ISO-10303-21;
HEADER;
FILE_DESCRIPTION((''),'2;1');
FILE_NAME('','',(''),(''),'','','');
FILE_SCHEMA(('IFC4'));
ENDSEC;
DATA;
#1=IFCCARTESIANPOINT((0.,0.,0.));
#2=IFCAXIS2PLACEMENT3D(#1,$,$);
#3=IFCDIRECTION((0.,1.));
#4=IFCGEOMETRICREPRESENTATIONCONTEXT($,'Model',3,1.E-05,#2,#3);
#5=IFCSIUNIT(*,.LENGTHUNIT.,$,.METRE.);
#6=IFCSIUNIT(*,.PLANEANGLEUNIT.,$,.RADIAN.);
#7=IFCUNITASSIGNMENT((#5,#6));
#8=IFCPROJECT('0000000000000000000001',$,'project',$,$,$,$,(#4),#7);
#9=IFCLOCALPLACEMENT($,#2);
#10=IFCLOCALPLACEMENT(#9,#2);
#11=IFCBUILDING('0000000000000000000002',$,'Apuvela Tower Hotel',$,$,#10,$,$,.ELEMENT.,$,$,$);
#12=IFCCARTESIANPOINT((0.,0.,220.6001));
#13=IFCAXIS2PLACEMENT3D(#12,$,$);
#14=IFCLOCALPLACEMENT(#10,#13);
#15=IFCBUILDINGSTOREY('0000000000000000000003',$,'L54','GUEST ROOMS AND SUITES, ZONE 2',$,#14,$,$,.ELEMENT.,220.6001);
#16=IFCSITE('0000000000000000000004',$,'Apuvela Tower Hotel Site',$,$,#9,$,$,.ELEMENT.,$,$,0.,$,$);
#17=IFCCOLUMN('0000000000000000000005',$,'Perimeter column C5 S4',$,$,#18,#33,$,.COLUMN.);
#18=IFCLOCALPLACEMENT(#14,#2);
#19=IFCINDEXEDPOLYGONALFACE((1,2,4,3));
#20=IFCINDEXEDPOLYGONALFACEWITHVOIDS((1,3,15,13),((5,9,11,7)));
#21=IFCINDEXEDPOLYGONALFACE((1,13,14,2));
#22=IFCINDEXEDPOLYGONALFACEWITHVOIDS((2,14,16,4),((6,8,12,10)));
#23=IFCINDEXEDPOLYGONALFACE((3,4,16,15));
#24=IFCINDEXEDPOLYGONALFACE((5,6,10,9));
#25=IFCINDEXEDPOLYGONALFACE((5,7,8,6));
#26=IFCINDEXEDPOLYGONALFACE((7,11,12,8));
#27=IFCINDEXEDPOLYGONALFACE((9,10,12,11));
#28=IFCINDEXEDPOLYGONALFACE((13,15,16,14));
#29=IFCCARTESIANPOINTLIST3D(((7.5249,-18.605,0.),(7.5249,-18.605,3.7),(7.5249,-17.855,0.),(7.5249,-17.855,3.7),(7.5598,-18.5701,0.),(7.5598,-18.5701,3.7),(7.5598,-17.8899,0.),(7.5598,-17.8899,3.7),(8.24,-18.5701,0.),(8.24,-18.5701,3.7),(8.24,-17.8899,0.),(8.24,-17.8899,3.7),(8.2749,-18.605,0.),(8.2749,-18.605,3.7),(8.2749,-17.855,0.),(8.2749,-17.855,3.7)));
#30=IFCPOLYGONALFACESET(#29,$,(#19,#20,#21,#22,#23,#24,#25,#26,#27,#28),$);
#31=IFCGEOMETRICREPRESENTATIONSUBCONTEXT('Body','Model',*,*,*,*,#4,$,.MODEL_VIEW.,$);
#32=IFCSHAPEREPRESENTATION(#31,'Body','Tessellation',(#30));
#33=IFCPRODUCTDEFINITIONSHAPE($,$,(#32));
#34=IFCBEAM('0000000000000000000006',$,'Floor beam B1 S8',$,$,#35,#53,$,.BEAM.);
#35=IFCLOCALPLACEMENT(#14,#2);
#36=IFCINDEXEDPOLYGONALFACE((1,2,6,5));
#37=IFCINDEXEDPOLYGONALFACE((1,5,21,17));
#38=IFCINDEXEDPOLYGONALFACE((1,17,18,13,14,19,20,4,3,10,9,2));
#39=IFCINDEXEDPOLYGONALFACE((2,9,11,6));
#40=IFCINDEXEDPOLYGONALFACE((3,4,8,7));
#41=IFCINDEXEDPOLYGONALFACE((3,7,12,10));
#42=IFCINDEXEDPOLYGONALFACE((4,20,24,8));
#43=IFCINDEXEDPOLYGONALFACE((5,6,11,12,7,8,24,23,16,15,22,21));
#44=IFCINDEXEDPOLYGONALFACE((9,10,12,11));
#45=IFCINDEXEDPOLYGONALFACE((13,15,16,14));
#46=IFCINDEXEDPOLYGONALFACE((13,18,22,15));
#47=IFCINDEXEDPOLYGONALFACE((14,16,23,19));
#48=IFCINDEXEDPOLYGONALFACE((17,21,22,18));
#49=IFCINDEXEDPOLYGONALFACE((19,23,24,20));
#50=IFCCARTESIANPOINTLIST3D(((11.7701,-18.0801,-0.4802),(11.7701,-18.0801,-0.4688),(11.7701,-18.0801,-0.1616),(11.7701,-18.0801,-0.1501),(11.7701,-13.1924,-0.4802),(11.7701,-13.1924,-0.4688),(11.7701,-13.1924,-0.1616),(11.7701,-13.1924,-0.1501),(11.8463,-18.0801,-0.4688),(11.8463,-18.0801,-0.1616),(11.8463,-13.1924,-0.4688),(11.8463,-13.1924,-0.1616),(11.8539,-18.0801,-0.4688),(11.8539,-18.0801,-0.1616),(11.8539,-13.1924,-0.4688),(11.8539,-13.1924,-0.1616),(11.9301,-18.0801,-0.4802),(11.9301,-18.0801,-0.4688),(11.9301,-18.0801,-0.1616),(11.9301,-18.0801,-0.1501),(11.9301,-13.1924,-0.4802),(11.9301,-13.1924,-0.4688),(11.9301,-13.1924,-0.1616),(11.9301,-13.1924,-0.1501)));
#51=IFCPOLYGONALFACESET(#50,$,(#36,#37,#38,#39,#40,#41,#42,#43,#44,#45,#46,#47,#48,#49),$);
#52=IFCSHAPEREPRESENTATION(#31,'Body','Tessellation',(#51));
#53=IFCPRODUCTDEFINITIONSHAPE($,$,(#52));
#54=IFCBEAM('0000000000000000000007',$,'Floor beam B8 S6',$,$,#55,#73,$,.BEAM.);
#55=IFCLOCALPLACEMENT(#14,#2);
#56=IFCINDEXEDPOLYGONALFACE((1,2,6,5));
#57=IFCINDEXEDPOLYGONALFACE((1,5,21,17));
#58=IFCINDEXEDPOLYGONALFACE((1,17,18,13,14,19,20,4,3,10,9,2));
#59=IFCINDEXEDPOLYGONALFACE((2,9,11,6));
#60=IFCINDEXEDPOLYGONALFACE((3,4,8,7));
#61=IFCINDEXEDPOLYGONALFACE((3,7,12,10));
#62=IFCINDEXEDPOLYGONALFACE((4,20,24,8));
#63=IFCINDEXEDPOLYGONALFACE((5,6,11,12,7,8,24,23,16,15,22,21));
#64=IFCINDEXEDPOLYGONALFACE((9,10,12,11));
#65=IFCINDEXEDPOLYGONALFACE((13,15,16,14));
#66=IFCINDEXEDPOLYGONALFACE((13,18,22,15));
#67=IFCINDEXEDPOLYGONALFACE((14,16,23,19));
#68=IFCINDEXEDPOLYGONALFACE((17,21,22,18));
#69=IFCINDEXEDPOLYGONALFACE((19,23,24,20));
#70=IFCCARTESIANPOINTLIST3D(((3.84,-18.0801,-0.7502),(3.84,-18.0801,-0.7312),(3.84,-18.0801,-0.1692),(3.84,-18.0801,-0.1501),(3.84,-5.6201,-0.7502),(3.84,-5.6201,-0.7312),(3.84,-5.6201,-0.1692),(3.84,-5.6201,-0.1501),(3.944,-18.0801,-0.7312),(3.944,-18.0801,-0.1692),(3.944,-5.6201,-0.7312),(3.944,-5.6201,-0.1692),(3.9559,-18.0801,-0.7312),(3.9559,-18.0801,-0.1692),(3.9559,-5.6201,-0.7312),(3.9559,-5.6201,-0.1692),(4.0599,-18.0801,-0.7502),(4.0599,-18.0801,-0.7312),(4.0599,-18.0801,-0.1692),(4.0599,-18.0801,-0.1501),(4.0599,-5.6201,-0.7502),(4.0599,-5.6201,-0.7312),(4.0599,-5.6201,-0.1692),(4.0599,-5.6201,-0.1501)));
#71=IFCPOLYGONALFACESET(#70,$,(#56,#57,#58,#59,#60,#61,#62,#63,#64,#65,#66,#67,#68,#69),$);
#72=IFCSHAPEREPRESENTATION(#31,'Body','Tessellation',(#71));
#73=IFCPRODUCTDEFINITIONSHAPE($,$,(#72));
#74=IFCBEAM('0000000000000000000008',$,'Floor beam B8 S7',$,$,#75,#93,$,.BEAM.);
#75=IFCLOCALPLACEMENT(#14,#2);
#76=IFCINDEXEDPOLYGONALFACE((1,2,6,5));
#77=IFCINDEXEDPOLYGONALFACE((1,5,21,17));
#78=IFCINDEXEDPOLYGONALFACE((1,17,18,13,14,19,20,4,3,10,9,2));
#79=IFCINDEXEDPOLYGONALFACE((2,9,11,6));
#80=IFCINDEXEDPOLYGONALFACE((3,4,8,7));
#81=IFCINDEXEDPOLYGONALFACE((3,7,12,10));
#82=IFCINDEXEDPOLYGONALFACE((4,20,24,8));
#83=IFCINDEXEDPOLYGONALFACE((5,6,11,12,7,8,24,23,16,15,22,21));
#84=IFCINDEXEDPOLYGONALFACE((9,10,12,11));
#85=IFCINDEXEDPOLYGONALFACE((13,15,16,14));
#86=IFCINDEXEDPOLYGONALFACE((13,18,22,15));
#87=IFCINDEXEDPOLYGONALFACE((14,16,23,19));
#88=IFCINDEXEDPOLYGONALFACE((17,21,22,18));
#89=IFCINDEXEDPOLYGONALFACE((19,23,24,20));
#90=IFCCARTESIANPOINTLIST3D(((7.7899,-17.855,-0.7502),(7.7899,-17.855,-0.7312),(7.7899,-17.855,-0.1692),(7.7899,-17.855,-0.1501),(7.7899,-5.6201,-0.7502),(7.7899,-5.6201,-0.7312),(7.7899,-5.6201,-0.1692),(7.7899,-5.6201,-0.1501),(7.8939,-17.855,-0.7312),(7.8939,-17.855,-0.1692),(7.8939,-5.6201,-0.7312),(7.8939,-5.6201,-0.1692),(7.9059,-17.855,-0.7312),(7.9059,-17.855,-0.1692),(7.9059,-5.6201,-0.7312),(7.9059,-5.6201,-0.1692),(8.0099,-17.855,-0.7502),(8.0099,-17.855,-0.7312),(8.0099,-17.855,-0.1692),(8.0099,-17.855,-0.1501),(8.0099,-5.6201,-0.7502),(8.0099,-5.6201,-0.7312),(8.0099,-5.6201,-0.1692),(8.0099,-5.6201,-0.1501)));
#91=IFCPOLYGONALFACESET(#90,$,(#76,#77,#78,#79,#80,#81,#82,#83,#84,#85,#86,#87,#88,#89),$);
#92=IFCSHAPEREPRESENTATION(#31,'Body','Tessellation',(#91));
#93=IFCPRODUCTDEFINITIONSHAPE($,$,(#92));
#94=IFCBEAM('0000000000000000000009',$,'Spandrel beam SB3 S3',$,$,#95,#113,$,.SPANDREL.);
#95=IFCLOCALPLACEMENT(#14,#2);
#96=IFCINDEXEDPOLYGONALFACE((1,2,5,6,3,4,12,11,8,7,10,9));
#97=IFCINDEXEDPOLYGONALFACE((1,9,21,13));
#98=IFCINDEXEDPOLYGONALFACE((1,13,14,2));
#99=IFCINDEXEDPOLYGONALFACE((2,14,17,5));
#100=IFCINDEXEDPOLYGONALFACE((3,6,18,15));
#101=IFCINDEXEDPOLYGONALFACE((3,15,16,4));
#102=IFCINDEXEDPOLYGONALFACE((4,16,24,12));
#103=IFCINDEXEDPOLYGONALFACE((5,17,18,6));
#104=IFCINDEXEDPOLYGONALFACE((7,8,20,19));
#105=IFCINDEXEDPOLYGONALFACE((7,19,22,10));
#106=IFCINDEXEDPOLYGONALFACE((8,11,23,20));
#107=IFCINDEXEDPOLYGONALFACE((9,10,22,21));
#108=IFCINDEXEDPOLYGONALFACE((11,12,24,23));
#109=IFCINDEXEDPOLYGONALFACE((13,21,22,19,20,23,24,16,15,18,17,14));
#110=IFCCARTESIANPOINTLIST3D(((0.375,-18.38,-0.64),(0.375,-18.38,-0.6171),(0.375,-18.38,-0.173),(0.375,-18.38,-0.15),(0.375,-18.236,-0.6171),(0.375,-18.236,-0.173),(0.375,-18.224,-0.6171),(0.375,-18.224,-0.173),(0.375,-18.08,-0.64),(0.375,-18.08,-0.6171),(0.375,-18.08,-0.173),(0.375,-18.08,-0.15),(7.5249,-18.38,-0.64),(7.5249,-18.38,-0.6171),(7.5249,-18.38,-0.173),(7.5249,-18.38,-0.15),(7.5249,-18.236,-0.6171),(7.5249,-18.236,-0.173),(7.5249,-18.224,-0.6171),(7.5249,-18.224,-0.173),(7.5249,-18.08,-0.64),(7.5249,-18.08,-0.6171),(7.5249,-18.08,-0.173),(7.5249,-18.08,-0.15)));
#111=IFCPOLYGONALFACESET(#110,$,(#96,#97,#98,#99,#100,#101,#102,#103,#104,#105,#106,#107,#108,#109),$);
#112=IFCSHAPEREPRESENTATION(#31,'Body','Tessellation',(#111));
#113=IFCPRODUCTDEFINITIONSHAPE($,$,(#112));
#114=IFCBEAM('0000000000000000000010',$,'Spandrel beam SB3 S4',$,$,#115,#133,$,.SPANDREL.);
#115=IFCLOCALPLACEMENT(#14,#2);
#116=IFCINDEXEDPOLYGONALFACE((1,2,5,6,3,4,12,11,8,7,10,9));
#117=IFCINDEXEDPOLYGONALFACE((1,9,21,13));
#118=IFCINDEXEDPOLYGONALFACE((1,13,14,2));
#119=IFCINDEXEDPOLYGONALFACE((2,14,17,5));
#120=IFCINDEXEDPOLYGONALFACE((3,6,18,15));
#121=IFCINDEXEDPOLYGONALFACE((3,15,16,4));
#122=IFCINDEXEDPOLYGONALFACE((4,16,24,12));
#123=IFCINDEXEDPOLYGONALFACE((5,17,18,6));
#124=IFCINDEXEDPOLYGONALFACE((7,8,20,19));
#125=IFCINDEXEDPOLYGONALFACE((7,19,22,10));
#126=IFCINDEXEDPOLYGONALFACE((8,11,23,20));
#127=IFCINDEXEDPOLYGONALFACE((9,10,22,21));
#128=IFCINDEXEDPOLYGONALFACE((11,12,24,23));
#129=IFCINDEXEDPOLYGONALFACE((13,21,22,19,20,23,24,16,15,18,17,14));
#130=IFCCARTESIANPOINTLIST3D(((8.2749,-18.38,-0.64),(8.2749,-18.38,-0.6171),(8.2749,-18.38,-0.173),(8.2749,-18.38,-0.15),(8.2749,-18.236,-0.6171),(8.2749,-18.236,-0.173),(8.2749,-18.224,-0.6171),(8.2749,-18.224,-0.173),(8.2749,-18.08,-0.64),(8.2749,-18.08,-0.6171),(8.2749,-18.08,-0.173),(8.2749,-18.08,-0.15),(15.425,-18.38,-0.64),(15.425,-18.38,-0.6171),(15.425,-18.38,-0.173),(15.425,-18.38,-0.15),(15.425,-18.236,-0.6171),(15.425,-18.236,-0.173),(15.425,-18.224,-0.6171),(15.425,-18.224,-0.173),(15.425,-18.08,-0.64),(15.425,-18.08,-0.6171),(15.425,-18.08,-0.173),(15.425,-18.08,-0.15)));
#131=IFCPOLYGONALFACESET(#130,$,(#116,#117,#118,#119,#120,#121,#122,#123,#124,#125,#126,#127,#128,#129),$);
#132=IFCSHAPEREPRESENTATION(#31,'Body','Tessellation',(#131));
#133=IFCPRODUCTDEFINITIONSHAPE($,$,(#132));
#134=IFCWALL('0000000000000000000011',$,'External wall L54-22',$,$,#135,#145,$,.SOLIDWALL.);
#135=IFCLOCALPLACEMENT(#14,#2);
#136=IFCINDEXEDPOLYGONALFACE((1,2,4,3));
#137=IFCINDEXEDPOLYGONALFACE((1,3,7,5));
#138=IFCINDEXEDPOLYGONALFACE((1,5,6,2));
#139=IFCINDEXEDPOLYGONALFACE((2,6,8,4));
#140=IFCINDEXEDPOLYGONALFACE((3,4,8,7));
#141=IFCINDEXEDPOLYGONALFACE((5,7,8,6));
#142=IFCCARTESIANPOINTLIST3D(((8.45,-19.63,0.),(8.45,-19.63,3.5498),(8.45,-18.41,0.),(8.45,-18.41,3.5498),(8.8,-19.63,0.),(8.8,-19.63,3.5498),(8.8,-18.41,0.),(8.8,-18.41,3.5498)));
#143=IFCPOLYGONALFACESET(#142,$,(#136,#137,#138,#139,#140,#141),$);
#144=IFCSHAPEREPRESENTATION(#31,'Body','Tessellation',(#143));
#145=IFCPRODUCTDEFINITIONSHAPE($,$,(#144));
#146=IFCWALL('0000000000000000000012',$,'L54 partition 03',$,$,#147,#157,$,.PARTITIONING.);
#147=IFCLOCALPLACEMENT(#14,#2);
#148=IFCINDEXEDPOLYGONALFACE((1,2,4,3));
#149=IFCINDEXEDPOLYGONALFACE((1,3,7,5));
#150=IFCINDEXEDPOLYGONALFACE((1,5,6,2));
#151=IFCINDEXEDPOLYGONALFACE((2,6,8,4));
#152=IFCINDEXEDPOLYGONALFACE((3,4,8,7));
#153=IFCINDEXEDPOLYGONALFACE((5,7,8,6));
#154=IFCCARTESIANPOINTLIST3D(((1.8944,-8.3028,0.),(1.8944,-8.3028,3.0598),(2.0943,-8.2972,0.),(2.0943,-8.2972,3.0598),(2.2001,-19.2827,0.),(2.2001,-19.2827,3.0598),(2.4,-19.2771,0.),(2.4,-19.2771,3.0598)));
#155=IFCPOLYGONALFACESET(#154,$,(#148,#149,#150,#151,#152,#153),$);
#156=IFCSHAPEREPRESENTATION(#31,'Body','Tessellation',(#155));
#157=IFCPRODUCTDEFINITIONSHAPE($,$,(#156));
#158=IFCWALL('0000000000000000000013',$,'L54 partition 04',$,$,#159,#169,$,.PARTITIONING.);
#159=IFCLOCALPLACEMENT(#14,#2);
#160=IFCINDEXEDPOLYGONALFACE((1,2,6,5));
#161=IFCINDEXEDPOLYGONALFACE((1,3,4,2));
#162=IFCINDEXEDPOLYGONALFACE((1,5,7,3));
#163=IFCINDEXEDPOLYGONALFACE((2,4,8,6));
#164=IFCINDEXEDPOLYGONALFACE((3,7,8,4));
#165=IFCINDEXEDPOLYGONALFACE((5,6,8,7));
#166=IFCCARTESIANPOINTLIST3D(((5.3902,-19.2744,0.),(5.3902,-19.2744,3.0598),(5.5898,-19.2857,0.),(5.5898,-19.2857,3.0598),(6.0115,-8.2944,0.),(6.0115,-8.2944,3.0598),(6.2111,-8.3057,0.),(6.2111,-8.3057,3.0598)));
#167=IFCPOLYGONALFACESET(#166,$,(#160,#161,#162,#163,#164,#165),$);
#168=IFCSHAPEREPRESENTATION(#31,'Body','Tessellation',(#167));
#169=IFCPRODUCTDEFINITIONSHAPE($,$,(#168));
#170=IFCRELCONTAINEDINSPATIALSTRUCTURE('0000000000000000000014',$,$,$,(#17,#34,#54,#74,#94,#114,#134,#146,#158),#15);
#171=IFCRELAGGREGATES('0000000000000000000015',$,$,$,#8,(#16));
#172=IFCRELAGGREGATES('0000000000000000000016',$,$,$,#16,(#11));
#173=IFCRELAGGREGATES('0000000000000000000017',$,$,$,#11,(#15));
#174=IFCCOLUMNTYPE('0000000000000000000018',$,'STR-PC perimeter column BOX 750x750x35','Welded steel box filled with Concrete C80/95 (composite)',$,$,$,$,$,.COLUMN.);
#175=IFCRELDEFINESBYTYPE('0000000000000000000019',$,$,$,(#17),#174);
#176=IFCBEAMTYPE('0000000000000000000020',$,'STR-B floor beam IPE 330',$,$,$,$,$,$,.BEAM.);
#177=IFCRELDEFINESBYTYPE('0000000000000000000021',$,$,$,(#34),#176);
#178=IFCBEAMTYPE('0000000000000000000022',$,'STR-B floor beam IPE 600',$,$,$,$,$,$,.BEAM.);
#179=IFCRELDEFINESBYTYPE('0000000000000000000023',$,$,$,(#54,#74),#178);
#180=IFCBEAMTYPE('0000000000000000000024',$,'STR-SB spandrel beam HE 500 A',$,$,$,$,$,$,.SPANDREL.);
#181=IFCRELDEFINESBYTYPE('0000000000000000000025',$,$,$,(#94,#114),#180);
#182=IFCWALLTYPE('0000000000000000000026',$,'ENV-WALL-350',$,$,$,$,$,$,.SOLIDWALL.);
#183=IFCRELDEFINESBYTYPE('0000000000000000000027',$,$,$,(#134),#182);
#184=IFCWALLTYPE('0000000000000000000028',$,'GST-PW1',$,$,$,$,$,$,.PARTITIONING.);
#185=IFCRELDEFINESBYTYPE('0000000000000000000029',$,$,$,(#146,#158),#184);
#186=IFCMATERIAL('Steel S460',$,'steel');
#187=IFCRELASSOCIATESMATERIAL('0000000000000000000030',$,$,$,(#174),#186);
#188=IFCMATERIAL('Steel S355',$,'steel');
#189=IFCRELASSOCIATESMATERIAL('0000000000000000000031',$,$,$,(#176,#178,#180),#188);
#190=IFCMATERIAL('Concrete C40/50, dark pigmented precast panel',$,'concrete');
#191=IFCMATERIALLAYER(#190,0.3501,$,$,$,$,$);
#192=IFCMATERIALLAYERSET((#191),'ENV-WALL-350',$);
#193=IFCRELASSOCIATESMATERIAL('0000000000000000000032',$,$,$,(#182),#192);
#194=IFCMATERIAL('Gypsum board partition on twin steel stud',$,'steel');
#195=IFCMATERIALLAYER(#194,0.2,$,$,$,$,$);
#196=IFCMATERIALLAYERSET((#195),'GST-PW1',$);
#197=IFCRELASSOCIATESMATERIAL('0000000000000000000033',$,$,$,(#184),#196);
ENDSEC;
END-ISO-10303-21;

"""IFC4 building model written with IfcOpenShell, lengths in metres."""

from ifc_helpers import new_model, si_unit, direction, frame, frame_2d, origin, origin_2d, place, context, subcontext, project, spatial, rectangle, hollow_rectangle, i_section, extrude, material, layer, layer_set, material_profile, profile_set, type_object, element, save


model = new_model("IFC4")

# Units and contexts
model_context = context("Model", 3, precision=1e-05, world=origin(), true_north=direction((0.0, 1.0)))
body_context = subcontext(model_context, "Body", "Model", "MODEL_VIEW")
ifc_project = project(units=[si_unit("LENGTHUNIT", "METRE"), si_unit("PLANEANGLEUNIT", "RADIAN")], contexts=[model_context])

# Site, building, storey
site_placement = place(None, origin())
site = spatial("IfcSite", under=ifc_project, at=site_placement, Name="Apuvela Tower Hotel Site", CompositionType="ELEMENT", RefElevation=0.0)
building_placement = place(site_placement, origin())
building = spatial("IfcBuilding", under=site, at=building_placement, Name="Apuvela Tower Hotel", CompositionType="ELEMENT")
storey_placement = place(building_placement, frame((0.0, 0.0, 220.6001)))
storey = spatial("IfcBuildingStorey", under=building, at=storey_placement, Name="L54", Description="GUEST ROOMS AND SUITES, ZONE 2", CompositionType="ELEMENT", Elevation=220.6001)

# Column
ifc_material_1 = material(Name="Steel S460", Category="steel")
ifc_material_profile_1 = material_profile(ifc_material_1, hollow_rectangle(XDim=0.75, YDim=0.75, WallThickness=0.0349, at=origin_2d()), Name="BOX 750x750x35")
ifc_material_2 = material(Name="Concrete C80/95", Category="concrete")
ifc_material_profile_2 = material_profile(ifc_material_2, rectangle(XDim=0.6799, YDim=0.6799, at=origin_2d()), Name="Concrete C80/95 infill")
ifc_profile_set_1 = profile_set([ifc_material_profile_1, ifc_material_profile_2], Name="Steel S460")
column_type = type_object("IfcColumnType", Name="STR-PC perimeter column BOX 750x750x35", Description="Welded steel box filled with Concrete C80/95 (composite)", PredefinedType="COLUMN", material=ifc_profile_set_1)
column_placement = place(storey_placement, frame((7.8999, -18.23, 0.0), z_axis=(0.0, 0.0, 1.0), x_axis=(-1.0, 0.0, 0.0)))
element("IfcColumn", 1, at=column_placement, inside=storey, type_object=column_type, Name="Perimeter column C5 S4", PredefinedType="COLUMN", context=body_context, shape_type="SweptSolid", body=[
    extrude(hollow_rectangle(XDim=0.75, YDim=0.75, WallThickness=0.0349, at=origin_2d()), origin(), (0.0, 0.0, 1.0), 3.7),
])

# Beams
ifc_material_3 = material(Name="Steel S355", Category="steel")
ifc_material_profile_3 = material_profile(ifc_material_3, i_section(OverallWidth=0.1599, OverallDepth=0.3301, WebThickness=0.0076, FlangeThickness=0.0115, at=origin_2d()), Name="IPE 330")
ifc_profile_set_2 = profile_set([ifc_material_profile_3], Name="Steel S355")
beam_type_1 = type_object("IfcBeamType", Name="STR-B floor beam IPE 330", PredefinedType="BEAM", material=ifc_profile_set_2)
beam_1_placement = place(storey_placement, frame((11.8501, -18.0801, -0.3152), z_axis=(0.0, 1.0, 0.0), x_axis=(-1.0, 0.0, 0.0)))
element("IfcBeam", 2, at=beam_1_placement, inside=storey, type_object=beam_type_1, Name="Floor beam B1 S8", PredefinedType="BEAM", context=body_context, shape_type="SweptSolid", body=[
    extrude(i_section(OverallWidth=0.1599, OverallDepth=0.3301, WebThickness=0.0076, FlangeThickness=0.0115, at=origin_2d()), origin(), (0.0, 0.0, 1.0), 4.8877),
])
ifc_material_profile_4 = material_profile(ifc_material_3, i_section(OverallWidth=0.22, OverallDepth=0.6001, WebThickness=0.012, FlangeThickness=0.019, at=origin_2d()), Name="IPE 600")
ifc_profile_set_3 = profile_set([ifc_material_profile_4], Name="Steel S355")
beam_type_2 = type_object("IfcBeamType", Name="STR-B floor beam IPE 600", PredefinedType="BEAM", material=ifc_profile_set_3)
beam_2_placement = place(storey_placement, frame((3.95, -18.0801, -0.4502), z_axis=(0.0, 1.0, 0.0), x_axis=(-1.0, 0.0, 0.0)))
element("IfcBeam", 3, at=beam_2_placement, inside=storey, type_object=beam_type_2, Name="Floor beam B8 S6", PredefinedType="BEAM", context=body_context, shape_type="SweptSolid", body=[
    extrude(i_section(OverallWidth=0.22, OverallDepth=0.6001, WebThickness=0.012, FlangeThickness=0.019, at=origin_2d()), origin(), (0.0, 0.0, 1.0), 12.46),
])
beam_3_placement = place(storey_placement, frame((7.8999, -17.855, -0.4502), z_axis=(0.0, 1.0, 0.0), x_axis=(-1.0, 0.0, 0.0)))
element("IfcBeam", 4, at=beam_3_placement, inside=storey, type_object=beam_type_2, Name="Floor beam B8 S7", PredefinedType="BEAM", context=body_context, shape_type="SweptSolid", body=[
    extrude(i_section(OverallWidth=0.22, OverallDepth=0.6001, WebThickness=0.012, FlangeThickness=0.019, at=origin_2d()), origin(), (0.0, 0.0, 1.0), 12.2349),
])
ifc_material_profile_5 = material_profile(ifc_material_3, i_section(OverallWidth=0.3, OverallDepth=0.49, WebThickness=0.012, FlangeThickness=0.0229, at=origin_2d()), Name="HE 500 A")
ifc_profile_set_4 = profile_set([ifc_material_profile_5], Name="Steel S355")
beam_type_3 = type_object("IfcBeamType", Name="STR-SB spandrel beam HE 500 A", PredefinedType="SPANDREL", material=ifc_profile_set_4)
beam_4_placement = place(storey_placement, frame((0.375, -18.23, -0.395), z_axis=(1.0, 0.0, 0.0), x_axis=(0.0, 1.0, 0.0)))
element("IfcBeam", 5, at=beam_4_placement, inside=storey, type_object=beam_type_3, Name="Spandrel beam SB3 S3", PredefinedType="SPANDREL", context=body_context, shape_type="SweptSolid", body=[
    extrude(i_section(OverallWidth=0.3, OverallDepth=0.49, WebThickness=0.012, FlangeThickness=0.0229, at=origin_2d()), origin(), (0.0, 0.0, 1.0), 7.1499),
])
beam_5_placement = place(storey_placement, frame((8.2749, -18.23, -0.395), z_axis=(1.0, 0.0, 0.0), x_axis=(0.0, 1.0, 0.0)))
element("IfcBeam", 6, at=beam_5_placement, inside=storey, type_object=beam_type_3, Name="Spandrel beam SB3 S4", PredefinedType="SPANDREL", context=body_context, shape_type="SweptSolid", body=[
    extrude(i_section(OverallWidth=0.3, OverallDepth=0.49, WebThickness=0.012, FlangeThickness=0.0229, at=origin_2d()), origin(), (0.0, 0.0, 1.0), 7.1501),
])

# Wall
ifc_material_4 = material(Name="Concrete C40/50, dark pigmented precast panel", Category="concrete")
ifc_layer_1 = layer(ifc_material_4, 0.3501)
ifc_layer_set_1 = layer_set([ifc_layer_1], Name="ENV-WALL-350")
wall_type_1 = type_object("IfcWallType", Name="ENV-WALL-350", PredefinedType="SOLIDWALL", material=ifc_layer_set_1)
wall_1_placement = place(storey_placement, frame((8.625, -19.6299, 0.0), z_axis=(0.0, 0.0, 1.0), x_axis=(0.0, 1.0, 0.0)))
element("IfcWall", 7, at=wall_1_placement, inside=storey, type_object=wall_type_1, Name="External wall L54-22", PredefinedType="SOLIDWALL", context=body_context, shape_type="SweptSolid", body=[
    extrude(rectangle(XDim=1.22, YDim=0.3501, at=frame_2d((0.6099, 0.0))), origin(), (0.0, 0.0, 1.0), 3.5498),
])

# Walls
ifc_material_5 = material(Name="Gypsum board partition on twin steel stud", Category="steel")
ifc_layer_2 = layer(ifc_material_5, 0.2)
ifc_layer_set_2 = layer_set([ifc_layer_2], Name="GST-PW1")
wall_type_2 = type_object("IfcWallType", Name="GST-PW1", PredefinedType="PARTITIONING", material=ifc_layer_set_2)
wall_2_placement = place(storey_placement, frame((2.3, -19.28, 0.0), z_axis=(0.0, 0.0, 1.0), x_axis=(-0.027828, 0.999613, 0.0)))
element("IfcWall", 8, at=wall_2_placement, inside=storey, type_object=wall_type_2, Name="L54 partition 03", PredefinedType="PARTITIONING", context=body_context, shape_type="SweptSolid", body=[
    extrude(rectangle(XDim=10.9841, YDim=0.2, at=frame_2d((5.4922, 0.0))), origin(), (0.0, 0.0, 1.0), 3.0598),
])
wall_3_placement = place(storey_placement, frame((5.49, -19.28, 0.0), z_axis=(0.0, 0.0, 1.0), x_axis=(0.056498, 0.998403, 0.0)))
element("IfcWall", 9, at=wall_3_placement, inside=storey, type_object=wall_type_2, Name="L54 partition 04", PredefinedType="PARTITIONING", context=body_context, shape_type="SweptSolid", body=[
    extrude(rectangle(XDim=10.9976, YDim=0.2, at=frame_2d((5.4988, 0.0))), origin(), (0.0, 0.0, 1.0), 3.0598),
])

save(model, "model.ifc")
